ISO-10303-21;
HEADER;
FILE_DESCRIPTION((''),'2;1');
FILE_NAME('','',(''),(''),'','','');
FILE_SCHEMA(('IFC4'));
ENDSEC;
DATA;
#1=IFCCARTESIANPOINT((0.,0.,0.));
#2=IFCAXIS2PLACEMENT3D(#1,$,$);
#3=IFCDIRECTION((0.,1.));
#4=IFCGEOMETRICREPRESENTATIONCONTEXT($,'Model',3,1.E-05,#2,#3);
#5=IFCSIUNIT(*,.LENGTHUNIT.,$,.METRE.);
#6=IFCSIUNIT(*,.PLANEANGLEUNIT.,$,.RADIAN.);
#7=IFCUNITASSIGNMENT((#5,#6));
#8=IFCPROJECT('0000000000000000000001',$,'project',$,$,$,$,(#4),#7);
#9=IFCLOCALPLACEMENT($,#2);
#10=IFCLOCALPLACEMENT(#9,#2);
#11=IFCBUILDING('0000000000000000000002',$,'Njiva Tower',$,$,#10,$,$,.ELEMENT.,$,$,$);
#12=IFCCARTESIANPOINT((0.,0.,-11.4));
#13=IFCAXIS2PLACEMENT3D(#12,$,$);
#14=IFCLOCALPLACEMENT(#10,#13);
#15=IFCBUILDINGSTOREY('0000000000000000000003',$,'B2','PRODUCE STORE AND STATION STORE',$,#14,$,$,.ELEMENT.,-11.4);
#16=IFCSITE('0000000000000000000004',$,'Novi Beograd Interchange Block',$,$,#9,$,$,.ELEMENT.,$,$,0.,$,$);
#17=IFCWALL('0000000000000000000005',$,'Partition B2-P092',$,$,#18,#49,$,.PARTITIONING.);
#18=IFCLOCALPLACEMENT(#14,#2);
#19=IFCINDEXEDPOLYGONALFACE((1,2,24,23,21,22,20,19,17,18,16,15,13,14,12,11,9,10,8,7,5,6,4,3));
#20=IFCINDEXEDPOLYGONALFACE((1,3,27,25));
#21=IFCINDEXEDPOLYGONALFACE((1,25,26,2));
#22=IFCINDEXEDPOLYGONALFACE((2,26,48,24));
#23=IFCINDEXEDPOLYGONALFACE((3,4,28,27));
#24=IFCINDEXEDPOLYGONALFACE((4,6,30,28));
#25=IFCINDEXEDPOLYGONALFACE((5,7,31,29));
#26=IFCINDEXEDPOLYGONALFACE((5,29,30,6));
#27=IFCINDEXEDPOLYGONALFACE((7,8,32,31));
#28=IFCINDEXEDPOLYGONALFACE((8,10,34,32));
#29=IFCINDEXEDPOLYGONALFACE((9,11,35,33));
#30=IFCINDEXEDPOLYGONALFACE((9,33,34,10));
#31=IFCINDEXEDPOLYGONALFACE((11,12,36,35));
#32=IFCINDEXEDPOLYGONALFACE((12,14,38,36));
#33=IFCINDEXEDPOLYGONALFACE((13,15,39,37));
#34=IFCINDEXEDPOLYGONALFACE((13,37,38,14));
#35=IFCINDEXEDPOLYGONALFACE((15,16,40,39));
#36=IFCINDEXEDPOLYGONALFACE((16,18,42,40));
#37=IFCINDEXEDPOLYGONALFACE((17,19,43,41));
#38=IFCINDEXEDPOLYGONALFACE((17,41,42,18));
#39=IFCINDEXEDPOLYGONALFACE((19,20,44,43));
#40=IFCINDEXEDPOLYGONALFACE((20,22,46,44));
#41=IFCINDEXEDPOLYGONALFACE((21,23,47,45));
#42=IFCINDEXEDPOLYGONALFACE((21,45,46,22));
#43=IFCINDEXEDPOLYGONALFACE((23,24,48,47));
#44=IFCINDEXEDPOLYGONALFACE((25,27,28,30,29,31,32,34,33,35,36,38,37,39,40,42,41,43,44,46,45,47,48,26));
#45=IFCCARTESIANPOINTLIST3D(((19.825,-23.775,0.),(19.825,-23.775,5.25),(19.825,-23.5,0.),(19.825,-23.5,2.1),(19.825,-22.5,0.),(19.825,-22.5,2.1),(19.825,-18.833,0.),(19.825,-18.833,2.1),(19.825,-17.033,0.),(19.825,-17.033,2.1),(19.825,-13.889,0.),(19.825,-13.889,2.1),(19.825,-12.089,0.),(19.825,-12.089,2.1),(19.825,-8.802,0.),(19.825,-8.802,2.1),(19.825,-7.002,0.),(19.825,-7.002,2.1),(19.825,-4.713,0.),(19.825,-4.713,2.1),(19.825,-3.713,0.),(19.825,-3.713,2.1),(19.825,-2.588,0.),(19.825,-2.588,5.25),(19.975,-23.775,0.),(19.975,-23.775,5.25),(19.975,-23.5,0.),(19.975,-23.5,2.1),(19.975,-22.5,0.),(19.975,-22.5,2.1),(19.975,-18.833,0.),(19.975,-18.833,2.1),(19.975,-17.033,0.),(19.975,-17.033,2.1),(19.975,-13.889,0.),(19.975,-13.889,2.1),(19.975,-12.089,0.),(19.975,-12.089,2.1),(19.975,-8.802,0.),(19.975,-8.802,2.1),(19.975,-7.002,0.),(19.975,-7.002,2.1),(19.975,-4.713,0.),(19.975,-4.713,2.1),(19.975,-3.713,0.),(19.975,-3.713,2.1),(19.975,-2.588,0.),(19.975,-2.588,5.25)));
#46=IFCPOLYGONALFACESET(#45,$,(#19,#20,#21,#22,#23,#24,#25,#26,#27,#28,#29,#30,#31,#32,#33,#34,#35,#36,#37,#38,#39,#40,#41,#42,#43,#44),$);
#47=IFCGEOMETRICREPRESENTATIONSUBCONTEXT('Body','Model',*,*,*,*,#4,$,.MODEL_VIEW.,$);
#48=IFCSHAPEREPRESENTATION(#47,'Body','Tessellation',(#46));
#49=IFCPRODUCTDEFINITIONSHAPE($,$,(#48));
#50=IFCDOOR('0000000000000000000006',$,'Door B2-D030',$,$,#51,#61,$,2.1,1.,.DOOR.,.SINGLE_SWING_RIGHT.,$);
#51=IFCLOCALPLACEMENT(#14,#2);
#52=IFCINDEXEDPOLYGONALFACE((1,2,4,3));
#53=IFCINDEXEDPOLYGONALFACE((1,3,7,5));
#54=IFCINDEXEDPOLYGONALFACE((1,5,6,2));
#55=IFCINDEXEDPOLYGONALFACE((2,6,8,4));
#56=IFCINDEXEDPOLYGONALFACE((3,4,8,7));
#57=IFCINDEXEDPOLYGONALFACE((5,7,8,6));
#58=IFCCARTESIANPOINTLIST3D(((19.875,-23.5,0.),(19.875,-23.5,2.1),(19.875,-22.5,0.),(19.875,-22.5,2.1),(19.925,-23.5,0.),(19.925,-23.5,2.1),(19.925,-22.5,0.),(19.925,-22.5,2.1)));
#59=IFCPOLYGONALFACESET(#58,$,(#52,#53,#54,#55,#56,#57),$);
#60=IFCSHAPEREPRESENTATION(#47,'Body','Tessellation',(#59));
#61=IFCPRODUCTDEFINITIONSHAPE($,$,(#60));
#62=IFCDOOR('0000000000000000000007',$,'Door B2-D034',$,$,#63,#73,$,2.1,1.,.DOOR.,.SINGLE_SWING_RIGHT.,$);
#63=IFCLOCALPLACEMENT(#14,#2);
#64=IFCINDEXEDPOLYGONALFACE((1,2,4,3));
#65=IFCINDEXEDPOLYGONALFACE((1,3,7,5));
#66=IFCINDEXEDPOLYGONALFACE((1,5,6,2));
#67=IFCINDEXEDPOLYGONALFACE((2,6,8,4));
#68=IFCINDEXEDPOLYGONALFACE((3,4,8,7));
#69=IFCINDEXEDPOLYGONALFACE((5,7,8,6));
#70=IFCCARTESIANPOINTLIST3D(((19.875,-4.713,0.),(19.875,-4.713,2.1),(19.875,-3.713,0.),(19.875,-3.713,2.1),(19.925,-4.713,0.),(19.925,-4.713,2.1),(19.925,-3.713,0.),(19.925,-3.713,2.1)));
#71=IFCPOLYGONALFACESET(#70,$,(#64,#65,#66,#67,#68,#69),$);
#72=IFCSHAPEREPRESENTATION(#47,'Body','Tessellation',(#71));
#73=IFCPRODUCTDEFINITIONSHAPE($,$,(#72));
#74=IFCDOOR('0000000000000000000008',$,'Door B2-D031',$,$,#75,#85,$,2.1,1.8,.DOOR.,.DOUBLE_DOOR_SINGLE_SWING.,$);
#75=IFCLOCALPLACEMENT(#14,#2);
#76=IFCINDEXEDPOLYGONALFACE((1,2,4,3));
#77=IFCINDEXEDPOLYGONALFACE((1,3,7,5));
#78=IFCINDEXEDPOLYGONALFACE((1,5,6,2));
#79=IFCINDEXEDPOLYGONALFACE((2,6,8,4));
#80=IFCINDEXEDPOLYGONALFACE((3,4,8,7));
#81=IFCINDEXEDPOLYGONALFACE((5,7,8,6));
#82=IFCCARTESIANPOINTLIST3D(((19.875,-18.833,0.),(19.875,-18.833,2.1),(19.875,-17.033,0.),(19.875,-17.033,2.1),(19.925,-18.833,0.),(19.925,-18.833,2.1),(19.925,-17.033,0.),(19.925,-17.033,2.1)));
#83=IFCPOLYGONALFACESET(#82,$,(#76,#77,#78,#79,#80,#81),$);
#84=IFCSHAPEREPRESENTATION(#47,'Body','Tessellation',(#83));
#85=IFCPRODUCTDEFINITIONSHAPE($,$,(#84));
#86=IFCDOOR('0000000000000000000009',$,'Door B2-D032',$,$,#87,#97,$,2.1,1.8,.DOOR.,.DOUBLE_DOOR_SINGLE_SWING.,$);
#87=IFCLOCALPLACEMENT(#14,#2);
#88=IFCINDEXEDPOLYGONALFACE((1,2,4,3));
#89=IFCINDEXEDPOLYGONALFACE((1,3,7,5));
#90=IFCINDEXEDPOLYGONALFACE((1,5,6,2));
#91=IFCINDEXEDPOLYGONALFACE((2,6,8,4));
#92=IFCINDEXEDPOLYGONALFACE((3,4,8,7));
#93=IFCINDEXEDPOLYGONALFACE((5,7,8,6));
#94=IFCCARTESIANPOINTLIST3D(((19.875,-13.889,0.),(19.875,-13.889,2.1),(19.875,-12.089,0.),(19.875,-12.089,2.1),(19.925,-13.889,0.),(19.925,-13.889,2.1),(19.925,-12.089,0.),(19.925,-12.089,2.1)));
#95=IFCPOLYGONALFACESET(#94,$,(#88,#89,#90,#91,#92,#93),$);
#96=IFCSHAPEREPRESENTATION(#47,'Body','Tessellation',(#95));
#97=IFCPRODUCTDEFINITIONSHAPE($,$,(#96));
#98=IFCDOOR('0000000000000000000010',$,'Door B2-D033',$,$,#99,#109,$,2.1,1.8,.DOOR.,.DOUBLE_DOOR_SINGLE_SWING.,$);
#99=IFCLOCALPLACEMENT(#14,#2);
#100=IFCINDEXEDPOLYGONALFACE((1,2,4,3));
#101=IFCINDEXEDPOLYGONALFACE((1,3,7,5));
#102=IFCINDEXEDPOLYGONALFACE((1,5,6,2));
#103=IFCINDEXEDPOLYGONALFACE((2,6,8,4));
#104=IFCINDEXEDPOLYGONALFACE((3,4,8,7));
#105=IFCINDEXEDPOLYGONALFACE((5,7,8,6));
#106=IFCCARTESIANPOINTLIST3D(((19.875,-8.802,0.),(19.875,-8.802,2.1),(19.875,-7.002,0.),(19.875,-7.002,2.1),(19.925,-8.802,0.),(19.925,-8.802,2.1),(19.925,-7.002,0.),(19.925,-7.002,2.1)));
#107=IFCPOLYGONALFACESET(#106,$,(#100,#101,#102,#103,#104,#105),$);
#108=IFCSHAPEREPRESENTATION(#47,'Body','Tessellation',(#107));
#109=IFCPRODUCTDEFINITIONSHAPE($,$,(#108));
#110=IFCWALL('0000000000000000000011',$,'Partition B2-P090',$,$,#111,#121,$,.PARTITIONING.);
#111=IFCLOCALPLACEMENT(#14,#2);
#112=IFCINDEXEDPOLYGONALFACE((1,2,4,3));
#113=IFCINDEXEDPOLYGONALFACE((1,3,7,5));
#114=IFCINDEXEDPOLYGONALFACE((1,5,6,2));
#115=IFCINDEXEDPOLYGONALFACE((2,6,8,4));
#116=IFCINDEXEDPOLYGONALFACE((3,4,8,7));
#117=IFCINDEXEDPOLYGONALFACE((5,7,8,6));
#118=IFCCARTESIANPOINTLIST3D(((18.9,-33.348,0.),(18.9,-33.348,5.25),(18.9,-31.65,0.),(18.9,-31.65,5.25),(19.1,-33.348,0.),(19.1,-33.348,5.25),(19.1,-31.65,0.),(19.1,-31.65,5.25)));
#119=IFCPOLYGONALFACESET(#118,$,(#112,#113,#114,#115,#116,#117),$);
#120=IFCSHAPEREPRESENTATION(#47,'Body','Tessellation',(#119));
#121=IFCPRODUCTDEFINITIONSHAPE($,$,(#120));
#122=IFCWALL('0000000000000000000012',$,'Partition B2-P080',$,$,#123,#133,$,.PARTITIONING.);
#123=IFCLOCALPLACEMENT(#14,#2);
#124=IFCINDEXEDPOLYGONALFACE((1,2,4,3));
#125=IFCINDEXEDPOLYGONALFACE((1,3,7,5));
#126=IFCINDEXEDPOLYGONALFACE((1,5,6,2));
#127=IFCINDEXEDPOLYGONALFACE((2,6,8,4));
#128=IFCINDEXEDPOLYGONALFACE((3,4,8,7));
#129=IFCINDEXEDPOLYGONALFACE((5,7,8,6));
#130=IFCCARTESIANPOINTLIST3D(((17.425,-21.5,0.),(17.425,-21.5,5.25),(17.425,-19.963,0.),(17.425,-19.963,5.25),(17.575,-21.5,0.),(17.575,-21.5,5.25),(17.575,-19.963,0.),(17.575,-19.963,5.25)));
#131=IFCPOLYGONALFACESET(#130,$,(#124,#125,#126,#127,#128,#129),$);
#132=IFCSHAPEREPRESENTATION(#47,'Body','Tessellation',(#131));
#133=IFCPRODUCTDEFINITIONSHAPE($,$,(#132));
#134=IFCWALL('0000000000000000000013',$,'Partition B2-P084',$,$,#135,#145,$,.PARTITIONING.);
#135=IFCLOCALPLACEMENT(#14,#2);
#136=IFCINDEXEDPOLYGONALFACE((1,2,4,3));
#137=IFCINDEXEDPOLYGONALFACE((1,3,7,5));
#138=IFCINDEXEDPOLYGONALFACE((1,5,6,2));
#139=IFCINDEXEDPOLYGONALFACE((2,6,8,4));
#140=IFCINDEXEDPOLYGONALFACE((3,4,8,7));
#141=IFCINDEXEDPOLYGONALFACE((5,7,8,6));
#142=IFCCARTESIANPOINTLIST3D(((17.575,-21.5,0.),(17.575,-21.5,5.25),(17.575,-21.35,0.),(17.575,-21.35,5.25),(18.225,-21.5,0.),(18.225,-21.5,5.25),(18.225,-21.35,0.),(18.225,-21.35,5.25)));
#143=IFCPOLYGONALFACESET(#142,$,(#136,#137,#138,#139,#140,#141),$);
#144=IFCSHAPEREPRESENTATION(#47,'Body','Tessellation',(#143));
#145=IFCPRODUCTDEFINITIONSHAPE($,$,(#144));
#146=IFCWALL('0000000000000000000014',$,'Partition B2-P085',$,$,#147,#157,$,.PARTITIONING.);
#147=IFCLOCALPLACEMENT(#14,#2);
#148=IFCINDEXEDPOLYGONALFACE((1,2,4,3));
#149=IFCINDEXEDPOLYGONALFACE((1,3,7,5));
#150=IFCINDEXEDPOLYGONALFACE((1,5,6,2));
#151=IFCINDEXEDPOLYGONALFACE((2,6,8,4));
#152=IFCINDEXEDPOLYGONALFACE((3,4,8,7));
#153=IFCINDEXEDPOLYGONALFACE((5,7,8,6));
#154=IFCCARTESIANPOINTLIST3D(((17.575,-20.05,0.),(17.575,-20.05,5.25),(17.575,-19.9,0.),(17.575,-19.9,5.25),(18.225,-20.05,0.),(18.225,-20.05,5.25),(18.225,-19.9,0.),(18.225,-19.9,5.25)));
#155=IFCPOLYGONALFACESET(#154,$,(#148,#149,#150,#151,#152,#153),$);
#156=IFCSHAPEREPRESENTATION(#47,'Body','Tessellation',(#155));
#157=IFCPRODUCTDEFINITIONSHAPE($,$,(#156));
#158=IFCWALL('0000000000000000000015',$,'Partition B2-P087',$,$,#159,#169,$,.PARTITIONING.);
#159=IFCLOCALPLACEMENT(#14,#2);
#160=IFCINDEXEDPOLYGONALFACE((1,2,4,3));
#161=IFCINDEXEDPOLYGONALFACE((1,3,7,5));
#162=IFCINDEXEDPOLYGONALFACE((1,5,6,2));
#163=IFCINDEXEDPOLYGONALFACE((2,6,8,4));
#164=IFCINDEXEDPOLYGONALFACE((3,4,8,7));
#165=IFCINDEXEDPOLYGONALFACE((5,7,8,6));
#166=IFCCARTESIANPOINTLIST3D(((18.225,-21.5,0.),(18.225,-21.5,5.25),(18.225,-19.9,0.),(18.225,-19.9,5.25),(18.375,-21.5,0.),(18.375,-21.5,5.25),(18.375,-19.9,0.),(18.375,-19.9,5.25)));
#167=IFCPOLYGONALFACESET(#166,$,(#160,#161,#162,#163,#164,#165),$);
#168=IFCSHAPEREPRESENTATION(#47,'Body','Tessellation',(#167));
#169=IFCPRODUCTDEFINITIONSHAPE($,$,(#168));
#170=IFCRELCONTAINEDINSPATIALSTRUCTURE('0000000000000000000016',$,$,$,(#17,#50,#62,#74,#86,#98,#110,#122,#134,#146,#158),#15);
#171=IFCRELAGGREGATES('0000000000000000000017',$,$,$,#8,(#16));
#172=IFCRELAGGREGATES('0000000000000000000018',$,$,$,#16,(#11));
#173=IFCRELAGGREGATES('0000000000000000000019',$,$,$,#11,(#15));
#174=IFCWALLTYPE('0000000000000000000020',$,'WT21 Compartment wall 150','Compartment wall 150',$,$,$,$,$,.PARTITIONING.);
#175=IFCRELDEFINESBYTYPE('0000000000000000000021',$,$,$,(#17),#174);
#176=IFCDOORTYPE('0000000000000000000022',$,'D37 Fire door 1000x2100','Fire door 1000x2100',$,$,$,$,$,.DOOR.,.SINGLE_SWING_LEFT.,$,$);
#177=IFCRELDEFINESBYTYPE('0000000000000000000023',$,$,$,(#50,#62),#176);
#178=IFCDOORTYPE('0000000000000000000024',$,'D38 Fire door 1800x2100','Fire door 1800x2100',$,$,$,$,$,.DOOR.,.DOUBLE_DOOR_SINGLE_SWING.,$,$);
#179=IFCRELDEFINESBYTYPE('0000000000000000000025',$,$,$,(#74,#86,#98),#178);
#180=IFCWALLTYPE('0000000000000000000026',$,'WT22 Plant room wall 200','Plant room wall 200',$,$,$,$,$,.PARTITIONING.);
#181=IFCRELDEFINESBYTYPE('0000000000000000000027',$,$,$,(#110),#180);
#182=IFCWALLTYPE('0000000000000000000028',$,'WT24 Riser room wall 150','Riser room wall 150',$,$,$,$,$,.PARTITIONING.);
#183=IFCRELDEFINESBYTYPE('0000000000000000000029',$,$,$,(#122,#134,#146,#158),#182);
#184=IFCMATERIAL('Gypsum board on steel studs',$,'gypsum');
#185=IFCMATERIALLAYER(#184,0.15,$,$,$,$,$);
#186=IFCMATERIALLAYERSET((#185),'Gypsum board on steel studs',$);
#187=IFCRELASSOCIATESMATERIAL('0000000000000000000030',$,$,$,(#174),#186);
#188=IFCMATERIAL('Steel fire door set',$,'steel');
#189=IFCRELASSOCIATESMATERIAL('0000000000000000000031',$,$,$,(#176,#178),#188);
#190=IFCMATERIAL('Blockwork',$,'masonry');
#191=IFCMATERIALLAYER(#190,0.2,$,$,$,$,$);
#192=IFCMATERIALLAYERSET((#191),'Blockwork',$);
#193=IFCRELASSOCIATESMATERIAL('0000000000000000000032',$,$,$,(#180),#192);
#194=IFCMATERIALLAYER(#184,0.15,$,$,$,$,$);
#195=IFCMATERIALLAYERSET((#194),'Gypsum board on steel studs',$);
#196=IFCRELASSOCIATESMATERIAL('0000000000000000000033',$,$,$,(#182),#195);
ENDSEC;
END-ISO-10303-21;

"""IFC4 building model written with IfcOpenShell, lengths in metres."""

from ifc_helpers import new_model, si_unit, direction, frame, frame_2d, origin, place, context, subcontext, project, spatial, rectangle, extrude, material, layer, layer_set, type_object, element, fill, save


model = new_model("IFC4")

# Units and contexts
model_context = context("Model", 3, precision=1e-05, world=origin(), true_north=direction((0.0, 1.0)))
body_context = subcontext(model_context, "Body", "Model", "MODEL_VIEW")
ifc_project = project(units=[si_unit("LENGTHUNIT", "METRE"), si_unit("PLANEANGLEUNIT", "RADIAN")], contexts=[model_context])

# Site, building, storey
site_placement = place(None, origin())
site = spatial("IfcSite", under=ifc_project, at=site_placement, Name="Novi Beograd Interchange Block", CompositionType="ELEMENT", RefElevation=0.0)
building_placement = place(site_placement, origin())
building = spatial("IfcBuilding", under=site, at=building_placement, Name="Njiva Tower", CompositionType="ELEMENT")
storey_placement = place(building_placement, frame((0.0, 0.0, -11.4)))
storey = spatial("IfcBuildingStorey", under=building, at=storey_placement, Name="B2", Description="PRODUCE STORE AND STATION STORE", CompositionType="ELEMENT", Elevation=-11.4)

# Shared definitions
ifc_material_1 = material(Name="Gypsum board on steel studs", Category="gypsum")
ifc_layer_1 = layer(ifc_material_1, 0.15)
ifc_layer_set_1 = layer_set([ifc_layer_1], Name="Gypsum board on steel studs")
wall_type_1 = type_object("IfcWallType", Name="WT21 Compartment wall 150", Description="Compartment wall 150", PredefinedType="PARTITIONING", material=ifc_layer_set_1)

# Wall, openings, doors
wall_1_placement = place(storey_placement, frame((19.9, -23.775, 0.0), z_axis=(0.0, 0.0, 1.0), x_axis=(0.0, 1.0, 0.0)))
wall_1 = element("IfcWall", 1, at=wall_1_placement, inside=storey, type_object=wall_type_1, Name="Partition B2-P092", PredefinedType="PARTITIONING", context=body_context, shape_type="SweptSolid", body=[
    extrude(rectangle(XDim=21.187, YDim=0.15, at=frame_2d((10.5935, 0.0))), origin(), (0.0, 0.0, 1.0), 5.25),
])
opening_1_placement = place(wall_1_placement, frame((0.275, 0.0, 0.0)))
opening_1 = element("IfcOpeningElement", 2, at=opening_1_placement, cuts=wall_1, PredefinedType="OPENING", context=body_context, shape_type="SweptSolid", body=[
    extrude(rectangle(XDim=1.0, YDim=2.1, at=frame_2d((0.5, 1.05))), frame((0.0, 0.085, 0.0), z_axis=(0.0, -1.0, 0.0), x_axis=(1.0, 0.0, 0.0)), (0.0, 0.0, 1.0), 0.17),
])
opening_2_placement = place(wall_1_placement, frame((4.942, 0.0, 0.0)))
opening_2 = element("IfcOpeningElement", 3, at=opening_2_placement, cuts=wall_1, PredefinedType="OPENING", context=body_context, shape_type="SweptSolid", body=[
    extrude(rectangle(XDim=1.8, YDim=2.1, at=frame_2d((0.9, 1.05))), frame((0.0, 0.085, 0.0), z_axis=(0.0, -1.0, 0.0), x_axis=(1.0, 0.0, 0.0)), (0.0, 0.0, 1.0), 0.17),
])
opening_3_placement = place(wall_1_placement, frame((9.886, 0.0, 0.0)))
opening_3 = element("IfcOpeningElement", 4, at=opening_3_placement, cuts=wall_1, PredefinedType="OPENING", context=body_context, shape_type="SweptSolid", body=[
    extrude(rectangle(XDim=1.8, YDim=2.1, at=frame_2d((0.9, 1.05))), frame((0.0, 0.085, 0.0), z_axis=(0.0, -1.0, 0.0), x_axis=(1.0, 0.0, 0.0)), (0.0, 0.0, 1.0), 0.17),
])
opening_4_placement = place(wall_1_placement, frame((14.973, 0.0, 0.0)))
opening_4 = element("IfcOpeningElement", 5, at=opening_4_placement, cuts=wall_1, PredefinedType="OPENING", context=body_context, shape_type="SweptSolid", body=[
    extrude(rectangle(XDim=1.8, YDim=2.1, at=frame_2d((0.9, 1.05))), frame((0.0, 0.085, 0.0), z_axis=(0.0, -1.0, 0.0), x_axis=(1.0, 0.0, 0.0)), (0.0, 0.0, 1.0), 0.17),
])
opening_5_placement = place(wall_1_placement, frame((19.062, 0.0, 0.0)))
opening_5 = element("IfcOpeningElement", 6, at=opening_5_placement, cuts=wall_1, PredefinedType="OPENING", context=body_context, shape_type="SweptSolid", body=[
    extrude(rectangle(XDim=1.0, YDim=2.1, at=frame_2d((0.5, 1.05))), frame((0.0, 0.085, 0.0), z_axis=(0.0, -1.0, 0.0), x_axis=(1.0, 0.0, 0.0)), (0.0, 0.0, 1.0), 0.17),
])
ifc_material_2 = material(Name="Steel fire door set", Category="steel")
door_type_1 = type_object("IfcDoorType", Name="D37 Fire door 1000x2100", Description="Fire door 1000x2100", OperationType="SINGLE_SWING_LEFT", PredefinedType="DOOR", material=ifc_material_2)
door_1_placement = place(opening_1_placement, origin())
door_1 = element("IfcDoor", 7, at=door_1_placement, inside=storey, type_object=door_type_1, Name="Door B2-D030", OperationType="SINGLE_SWING_RIGHT", OverallHeight=2.1, OverallWidth=1.0, PredefinedType="DOOR", context=body_context, shape_type="SweptSolid", body=[
    extrude(rectangle(XDim=1.0, YDim=2.1, at=frame_2d((0.5, 1.05))), frame((0.0, 0.025, 0.0), z_axis=(0.0, -1.0, 0.0), x_axis=(1.0, 0.0, 0.0)), (0.0, 0.0, 1.0), 0.05),
])
fill(opening_1, door_1)
door_2_placement = place(opening_5_placement, origin())
door_2 = element("IfcDoor", 8, at=door_2_placement, inside=storey, type_object=door_type_1, Name="Door B2-D034", OperationType="SINGLE_SWING_RIGHT", OverallHeight=2.1, OverallWidth=1.0, PredefinedType="DOOR", context=body_context, shape_type="SweptSolid", body=[
    extrude(rectangle(XDim=1.0, YDim=2.1, at=frame_2d((0.5, 1.05))), frame((0.0, 0.025, 0.0), z_axis=(0.0, -1.0, 0.0), x_axis=(1.0, 0.0, 0.0)), (0.0, 0.0, 1.0), 0.05),
])
fill(opening_5, door_2)
door_type_2 = type_object("IfcDoorType", Name="D38 Fire door 1800x2100", Description="Fire door 1800x2100", OperationType="DOUBLE_DOOR_SINGLE_SWING", PredefinedType="DOOR", material=ifc_material_2)
door_3_placement = place(opening_2_placement, origin())
door_3 = element("IfcDoor", 9, at=door_3_placement, inside=storey, type_object=door_type_2, Name="Door B2-D031", OperationType="DOUBLE_DOOR_SINGLE_SWING", OverallHeight=2.1, OverallWidth=1.8, PredefinedType="DOOR", context=body_context, shape_type="SweptSolid", body=[
    extrude(rectangle(XDim=1.8, YDim=2.1, at=frame_2d((0.9, 1.05))), frame((0.0, 0.025, 0.0), z_axis=(0.0, -1.0, 0.0), x_axis=(1.0, 0.0, 0.0)), (0.0, 0.0, 1.0), 0.05),
])
fill(opening_2, door_3)
door_4_placement = place(opening_3_placement, origin())
door_4 = element("IfcDoor", 10, at=door_4_placement, inside=storey, type_object=door_type_2, Name="Door B2-D032", OperationType="DOUBLE_DOOR_SINGLE_SWING", OverallHeight=2.1, OverallWidth=1.8, PredefinedType="DOOR", context=body_context, shape_type="SweptSolid", body=[
    extrude(rectangle(XDim=1.8, YDim=2.1, at=frame_2d((0.9, 1.05))), frame((0.0, 0.025, 0.0), z_axis=(0.0, -1.0, 0.0), x_axis=(1.0, 0.0, 0.0)), (0.0, 0.0, 1.0), 0.05),
])
fill(opening_3, door_4)
door_5_placement = place(opening_4_placement, origin())
door_5 = element("IfcDoor", 11, at=door_5_placement, inside=storey, type_object=door_type_2, Name="Door B2-D033", OperationType="DOUBLE_DOOR_SINGLE_SWING", OverallHeight=2.1, OverallWidth=1.8, PredefinedType="DOOR", context=body_context, shape_type="SweptSolid", body=[
    extrude(rectangle(XDim=1.8, YDim=2.1, at=frame_2d((0.9, 1.05))), frame((0.0, 0.025, 0.0), z_axis=(0.0, -1.0, 0.0), x_axis=(1.0, 0.0, 0.0)), (0.0, 0.0, 1.0), 0.05),
])
fill(opening_4, door_5)

# Walls
ifc_material_3 = material(Name="Blockwork", Category="masonry")
ifc_layer_2 = layer(ifc_material_3, 0.2)
ifc_layer_set_2 = layer_set([ifc_layer_2], Name="Blockwork")
wall_type_2 = type_object("IfcWallType", Name="WT22 Plant room wall 200", Description="Plant room wall 200", PredefinedType="PARTITIONING", material=ifc_layer_set_2)
wall_2_placement = place(storey_placement, frame((19.0, -33.348, 0.0), z_axis=(0.0, 0.0, 1.0), x_axis=(0.0, 1.0, 0.0)))
element("IfcWall", 12, at=wall_2_placement, inside=storey, type_object=wall_type_2, Name="Partition B2-P090", PredefinedType="PARTITIONING", context=body_context, shape_type="SweptSolid", body=[
    extrude(rectangle(XDim=1.698, YDim=0.2, at=frame_2d((0.849, 0.0))), origin(), (0.0, 0.0, 1.0), 5.25),
])
ifc_layer_3 = layer(ifc_material_1, 0.15)
ifc_layer_set_3 = layer_set([ifc_layer_3], Name="Gypsum board on steel studs")
wall_type_3 = type_object("IfcWallType", Name="WT24 Riser room wall 150", Description="Riser room wall 150", PredefinedType="PARTITIONING", material=ifc_layer_set_3)
wall_3_placement = place(storey_placement, frame((17.5, -21.5, 0.0), z_axis=(0.0, 0.0, 1.0), x_axis=(0.0, 1.0, 0.0)))
element("IfcWall", 13, at=wall_3_placement, inside=storey, type_object=wall_type_3, Name="Partition B2-P080", PredefinedType="PARTITIONING", context=body_context, shape_type="SweptSolid", body=[
    extrude(rectangle(XDim=1.537, YDim=0.15, at=frame_2d((0.7685, 0.0))), origin(), (0.0, 0.0, 1.0), 5.25),
])
for number, where, z_axis, x_axis, name in (
    (14, (17.575, -21.425, 0.0), (0.0, 0.0, 1.0), (1.0, 0.0, 0.0), "Partition B2-P084"),
    (15, (17.575, -19.975, 0.0), (0.0, 0.0, 1.0), (1.0, 0.0, 0.0), "Partition B2-P085"),
):
    element("IfcWall", number, at=place(storey_placement, frame(where, z_axis=z_axis, x_axis=x_axis)), inside=storey, type_object=wall_type_3, Name=name, PredefinedType="PARTITIONING", context=body_context, shape_type="SweptSolid", body=[
        extrude(rectangle(XDim=0.65, YDim=0.15, at=frame_2d((0.325, 0.0))), origin(), (0.0, 0.0, 1.0), 5.25),
    ])
wall_4_placement = place(storey_placement, frame((18.3, -21.5, 0.0), z_axis=(0.0, 0.0, 1.0), x_axis=(0.0, 1.0, 0.0)))
element("IfcWall", 16, at=wall_4_placement, inside=storey, type_object=wall_type_3, Name="Partition B2-P087", PredefinedType="PARTITIONING", context=body_context, shape_type="SweptSolid", body=[
    extrude(rectangle(XDim=1.6, YDim=0.15, at=frame_2d((0.8, 0.0))), origin(), (0.0, 0.0, 1.0), 5.25),
])

save(model, "model.ifc")
